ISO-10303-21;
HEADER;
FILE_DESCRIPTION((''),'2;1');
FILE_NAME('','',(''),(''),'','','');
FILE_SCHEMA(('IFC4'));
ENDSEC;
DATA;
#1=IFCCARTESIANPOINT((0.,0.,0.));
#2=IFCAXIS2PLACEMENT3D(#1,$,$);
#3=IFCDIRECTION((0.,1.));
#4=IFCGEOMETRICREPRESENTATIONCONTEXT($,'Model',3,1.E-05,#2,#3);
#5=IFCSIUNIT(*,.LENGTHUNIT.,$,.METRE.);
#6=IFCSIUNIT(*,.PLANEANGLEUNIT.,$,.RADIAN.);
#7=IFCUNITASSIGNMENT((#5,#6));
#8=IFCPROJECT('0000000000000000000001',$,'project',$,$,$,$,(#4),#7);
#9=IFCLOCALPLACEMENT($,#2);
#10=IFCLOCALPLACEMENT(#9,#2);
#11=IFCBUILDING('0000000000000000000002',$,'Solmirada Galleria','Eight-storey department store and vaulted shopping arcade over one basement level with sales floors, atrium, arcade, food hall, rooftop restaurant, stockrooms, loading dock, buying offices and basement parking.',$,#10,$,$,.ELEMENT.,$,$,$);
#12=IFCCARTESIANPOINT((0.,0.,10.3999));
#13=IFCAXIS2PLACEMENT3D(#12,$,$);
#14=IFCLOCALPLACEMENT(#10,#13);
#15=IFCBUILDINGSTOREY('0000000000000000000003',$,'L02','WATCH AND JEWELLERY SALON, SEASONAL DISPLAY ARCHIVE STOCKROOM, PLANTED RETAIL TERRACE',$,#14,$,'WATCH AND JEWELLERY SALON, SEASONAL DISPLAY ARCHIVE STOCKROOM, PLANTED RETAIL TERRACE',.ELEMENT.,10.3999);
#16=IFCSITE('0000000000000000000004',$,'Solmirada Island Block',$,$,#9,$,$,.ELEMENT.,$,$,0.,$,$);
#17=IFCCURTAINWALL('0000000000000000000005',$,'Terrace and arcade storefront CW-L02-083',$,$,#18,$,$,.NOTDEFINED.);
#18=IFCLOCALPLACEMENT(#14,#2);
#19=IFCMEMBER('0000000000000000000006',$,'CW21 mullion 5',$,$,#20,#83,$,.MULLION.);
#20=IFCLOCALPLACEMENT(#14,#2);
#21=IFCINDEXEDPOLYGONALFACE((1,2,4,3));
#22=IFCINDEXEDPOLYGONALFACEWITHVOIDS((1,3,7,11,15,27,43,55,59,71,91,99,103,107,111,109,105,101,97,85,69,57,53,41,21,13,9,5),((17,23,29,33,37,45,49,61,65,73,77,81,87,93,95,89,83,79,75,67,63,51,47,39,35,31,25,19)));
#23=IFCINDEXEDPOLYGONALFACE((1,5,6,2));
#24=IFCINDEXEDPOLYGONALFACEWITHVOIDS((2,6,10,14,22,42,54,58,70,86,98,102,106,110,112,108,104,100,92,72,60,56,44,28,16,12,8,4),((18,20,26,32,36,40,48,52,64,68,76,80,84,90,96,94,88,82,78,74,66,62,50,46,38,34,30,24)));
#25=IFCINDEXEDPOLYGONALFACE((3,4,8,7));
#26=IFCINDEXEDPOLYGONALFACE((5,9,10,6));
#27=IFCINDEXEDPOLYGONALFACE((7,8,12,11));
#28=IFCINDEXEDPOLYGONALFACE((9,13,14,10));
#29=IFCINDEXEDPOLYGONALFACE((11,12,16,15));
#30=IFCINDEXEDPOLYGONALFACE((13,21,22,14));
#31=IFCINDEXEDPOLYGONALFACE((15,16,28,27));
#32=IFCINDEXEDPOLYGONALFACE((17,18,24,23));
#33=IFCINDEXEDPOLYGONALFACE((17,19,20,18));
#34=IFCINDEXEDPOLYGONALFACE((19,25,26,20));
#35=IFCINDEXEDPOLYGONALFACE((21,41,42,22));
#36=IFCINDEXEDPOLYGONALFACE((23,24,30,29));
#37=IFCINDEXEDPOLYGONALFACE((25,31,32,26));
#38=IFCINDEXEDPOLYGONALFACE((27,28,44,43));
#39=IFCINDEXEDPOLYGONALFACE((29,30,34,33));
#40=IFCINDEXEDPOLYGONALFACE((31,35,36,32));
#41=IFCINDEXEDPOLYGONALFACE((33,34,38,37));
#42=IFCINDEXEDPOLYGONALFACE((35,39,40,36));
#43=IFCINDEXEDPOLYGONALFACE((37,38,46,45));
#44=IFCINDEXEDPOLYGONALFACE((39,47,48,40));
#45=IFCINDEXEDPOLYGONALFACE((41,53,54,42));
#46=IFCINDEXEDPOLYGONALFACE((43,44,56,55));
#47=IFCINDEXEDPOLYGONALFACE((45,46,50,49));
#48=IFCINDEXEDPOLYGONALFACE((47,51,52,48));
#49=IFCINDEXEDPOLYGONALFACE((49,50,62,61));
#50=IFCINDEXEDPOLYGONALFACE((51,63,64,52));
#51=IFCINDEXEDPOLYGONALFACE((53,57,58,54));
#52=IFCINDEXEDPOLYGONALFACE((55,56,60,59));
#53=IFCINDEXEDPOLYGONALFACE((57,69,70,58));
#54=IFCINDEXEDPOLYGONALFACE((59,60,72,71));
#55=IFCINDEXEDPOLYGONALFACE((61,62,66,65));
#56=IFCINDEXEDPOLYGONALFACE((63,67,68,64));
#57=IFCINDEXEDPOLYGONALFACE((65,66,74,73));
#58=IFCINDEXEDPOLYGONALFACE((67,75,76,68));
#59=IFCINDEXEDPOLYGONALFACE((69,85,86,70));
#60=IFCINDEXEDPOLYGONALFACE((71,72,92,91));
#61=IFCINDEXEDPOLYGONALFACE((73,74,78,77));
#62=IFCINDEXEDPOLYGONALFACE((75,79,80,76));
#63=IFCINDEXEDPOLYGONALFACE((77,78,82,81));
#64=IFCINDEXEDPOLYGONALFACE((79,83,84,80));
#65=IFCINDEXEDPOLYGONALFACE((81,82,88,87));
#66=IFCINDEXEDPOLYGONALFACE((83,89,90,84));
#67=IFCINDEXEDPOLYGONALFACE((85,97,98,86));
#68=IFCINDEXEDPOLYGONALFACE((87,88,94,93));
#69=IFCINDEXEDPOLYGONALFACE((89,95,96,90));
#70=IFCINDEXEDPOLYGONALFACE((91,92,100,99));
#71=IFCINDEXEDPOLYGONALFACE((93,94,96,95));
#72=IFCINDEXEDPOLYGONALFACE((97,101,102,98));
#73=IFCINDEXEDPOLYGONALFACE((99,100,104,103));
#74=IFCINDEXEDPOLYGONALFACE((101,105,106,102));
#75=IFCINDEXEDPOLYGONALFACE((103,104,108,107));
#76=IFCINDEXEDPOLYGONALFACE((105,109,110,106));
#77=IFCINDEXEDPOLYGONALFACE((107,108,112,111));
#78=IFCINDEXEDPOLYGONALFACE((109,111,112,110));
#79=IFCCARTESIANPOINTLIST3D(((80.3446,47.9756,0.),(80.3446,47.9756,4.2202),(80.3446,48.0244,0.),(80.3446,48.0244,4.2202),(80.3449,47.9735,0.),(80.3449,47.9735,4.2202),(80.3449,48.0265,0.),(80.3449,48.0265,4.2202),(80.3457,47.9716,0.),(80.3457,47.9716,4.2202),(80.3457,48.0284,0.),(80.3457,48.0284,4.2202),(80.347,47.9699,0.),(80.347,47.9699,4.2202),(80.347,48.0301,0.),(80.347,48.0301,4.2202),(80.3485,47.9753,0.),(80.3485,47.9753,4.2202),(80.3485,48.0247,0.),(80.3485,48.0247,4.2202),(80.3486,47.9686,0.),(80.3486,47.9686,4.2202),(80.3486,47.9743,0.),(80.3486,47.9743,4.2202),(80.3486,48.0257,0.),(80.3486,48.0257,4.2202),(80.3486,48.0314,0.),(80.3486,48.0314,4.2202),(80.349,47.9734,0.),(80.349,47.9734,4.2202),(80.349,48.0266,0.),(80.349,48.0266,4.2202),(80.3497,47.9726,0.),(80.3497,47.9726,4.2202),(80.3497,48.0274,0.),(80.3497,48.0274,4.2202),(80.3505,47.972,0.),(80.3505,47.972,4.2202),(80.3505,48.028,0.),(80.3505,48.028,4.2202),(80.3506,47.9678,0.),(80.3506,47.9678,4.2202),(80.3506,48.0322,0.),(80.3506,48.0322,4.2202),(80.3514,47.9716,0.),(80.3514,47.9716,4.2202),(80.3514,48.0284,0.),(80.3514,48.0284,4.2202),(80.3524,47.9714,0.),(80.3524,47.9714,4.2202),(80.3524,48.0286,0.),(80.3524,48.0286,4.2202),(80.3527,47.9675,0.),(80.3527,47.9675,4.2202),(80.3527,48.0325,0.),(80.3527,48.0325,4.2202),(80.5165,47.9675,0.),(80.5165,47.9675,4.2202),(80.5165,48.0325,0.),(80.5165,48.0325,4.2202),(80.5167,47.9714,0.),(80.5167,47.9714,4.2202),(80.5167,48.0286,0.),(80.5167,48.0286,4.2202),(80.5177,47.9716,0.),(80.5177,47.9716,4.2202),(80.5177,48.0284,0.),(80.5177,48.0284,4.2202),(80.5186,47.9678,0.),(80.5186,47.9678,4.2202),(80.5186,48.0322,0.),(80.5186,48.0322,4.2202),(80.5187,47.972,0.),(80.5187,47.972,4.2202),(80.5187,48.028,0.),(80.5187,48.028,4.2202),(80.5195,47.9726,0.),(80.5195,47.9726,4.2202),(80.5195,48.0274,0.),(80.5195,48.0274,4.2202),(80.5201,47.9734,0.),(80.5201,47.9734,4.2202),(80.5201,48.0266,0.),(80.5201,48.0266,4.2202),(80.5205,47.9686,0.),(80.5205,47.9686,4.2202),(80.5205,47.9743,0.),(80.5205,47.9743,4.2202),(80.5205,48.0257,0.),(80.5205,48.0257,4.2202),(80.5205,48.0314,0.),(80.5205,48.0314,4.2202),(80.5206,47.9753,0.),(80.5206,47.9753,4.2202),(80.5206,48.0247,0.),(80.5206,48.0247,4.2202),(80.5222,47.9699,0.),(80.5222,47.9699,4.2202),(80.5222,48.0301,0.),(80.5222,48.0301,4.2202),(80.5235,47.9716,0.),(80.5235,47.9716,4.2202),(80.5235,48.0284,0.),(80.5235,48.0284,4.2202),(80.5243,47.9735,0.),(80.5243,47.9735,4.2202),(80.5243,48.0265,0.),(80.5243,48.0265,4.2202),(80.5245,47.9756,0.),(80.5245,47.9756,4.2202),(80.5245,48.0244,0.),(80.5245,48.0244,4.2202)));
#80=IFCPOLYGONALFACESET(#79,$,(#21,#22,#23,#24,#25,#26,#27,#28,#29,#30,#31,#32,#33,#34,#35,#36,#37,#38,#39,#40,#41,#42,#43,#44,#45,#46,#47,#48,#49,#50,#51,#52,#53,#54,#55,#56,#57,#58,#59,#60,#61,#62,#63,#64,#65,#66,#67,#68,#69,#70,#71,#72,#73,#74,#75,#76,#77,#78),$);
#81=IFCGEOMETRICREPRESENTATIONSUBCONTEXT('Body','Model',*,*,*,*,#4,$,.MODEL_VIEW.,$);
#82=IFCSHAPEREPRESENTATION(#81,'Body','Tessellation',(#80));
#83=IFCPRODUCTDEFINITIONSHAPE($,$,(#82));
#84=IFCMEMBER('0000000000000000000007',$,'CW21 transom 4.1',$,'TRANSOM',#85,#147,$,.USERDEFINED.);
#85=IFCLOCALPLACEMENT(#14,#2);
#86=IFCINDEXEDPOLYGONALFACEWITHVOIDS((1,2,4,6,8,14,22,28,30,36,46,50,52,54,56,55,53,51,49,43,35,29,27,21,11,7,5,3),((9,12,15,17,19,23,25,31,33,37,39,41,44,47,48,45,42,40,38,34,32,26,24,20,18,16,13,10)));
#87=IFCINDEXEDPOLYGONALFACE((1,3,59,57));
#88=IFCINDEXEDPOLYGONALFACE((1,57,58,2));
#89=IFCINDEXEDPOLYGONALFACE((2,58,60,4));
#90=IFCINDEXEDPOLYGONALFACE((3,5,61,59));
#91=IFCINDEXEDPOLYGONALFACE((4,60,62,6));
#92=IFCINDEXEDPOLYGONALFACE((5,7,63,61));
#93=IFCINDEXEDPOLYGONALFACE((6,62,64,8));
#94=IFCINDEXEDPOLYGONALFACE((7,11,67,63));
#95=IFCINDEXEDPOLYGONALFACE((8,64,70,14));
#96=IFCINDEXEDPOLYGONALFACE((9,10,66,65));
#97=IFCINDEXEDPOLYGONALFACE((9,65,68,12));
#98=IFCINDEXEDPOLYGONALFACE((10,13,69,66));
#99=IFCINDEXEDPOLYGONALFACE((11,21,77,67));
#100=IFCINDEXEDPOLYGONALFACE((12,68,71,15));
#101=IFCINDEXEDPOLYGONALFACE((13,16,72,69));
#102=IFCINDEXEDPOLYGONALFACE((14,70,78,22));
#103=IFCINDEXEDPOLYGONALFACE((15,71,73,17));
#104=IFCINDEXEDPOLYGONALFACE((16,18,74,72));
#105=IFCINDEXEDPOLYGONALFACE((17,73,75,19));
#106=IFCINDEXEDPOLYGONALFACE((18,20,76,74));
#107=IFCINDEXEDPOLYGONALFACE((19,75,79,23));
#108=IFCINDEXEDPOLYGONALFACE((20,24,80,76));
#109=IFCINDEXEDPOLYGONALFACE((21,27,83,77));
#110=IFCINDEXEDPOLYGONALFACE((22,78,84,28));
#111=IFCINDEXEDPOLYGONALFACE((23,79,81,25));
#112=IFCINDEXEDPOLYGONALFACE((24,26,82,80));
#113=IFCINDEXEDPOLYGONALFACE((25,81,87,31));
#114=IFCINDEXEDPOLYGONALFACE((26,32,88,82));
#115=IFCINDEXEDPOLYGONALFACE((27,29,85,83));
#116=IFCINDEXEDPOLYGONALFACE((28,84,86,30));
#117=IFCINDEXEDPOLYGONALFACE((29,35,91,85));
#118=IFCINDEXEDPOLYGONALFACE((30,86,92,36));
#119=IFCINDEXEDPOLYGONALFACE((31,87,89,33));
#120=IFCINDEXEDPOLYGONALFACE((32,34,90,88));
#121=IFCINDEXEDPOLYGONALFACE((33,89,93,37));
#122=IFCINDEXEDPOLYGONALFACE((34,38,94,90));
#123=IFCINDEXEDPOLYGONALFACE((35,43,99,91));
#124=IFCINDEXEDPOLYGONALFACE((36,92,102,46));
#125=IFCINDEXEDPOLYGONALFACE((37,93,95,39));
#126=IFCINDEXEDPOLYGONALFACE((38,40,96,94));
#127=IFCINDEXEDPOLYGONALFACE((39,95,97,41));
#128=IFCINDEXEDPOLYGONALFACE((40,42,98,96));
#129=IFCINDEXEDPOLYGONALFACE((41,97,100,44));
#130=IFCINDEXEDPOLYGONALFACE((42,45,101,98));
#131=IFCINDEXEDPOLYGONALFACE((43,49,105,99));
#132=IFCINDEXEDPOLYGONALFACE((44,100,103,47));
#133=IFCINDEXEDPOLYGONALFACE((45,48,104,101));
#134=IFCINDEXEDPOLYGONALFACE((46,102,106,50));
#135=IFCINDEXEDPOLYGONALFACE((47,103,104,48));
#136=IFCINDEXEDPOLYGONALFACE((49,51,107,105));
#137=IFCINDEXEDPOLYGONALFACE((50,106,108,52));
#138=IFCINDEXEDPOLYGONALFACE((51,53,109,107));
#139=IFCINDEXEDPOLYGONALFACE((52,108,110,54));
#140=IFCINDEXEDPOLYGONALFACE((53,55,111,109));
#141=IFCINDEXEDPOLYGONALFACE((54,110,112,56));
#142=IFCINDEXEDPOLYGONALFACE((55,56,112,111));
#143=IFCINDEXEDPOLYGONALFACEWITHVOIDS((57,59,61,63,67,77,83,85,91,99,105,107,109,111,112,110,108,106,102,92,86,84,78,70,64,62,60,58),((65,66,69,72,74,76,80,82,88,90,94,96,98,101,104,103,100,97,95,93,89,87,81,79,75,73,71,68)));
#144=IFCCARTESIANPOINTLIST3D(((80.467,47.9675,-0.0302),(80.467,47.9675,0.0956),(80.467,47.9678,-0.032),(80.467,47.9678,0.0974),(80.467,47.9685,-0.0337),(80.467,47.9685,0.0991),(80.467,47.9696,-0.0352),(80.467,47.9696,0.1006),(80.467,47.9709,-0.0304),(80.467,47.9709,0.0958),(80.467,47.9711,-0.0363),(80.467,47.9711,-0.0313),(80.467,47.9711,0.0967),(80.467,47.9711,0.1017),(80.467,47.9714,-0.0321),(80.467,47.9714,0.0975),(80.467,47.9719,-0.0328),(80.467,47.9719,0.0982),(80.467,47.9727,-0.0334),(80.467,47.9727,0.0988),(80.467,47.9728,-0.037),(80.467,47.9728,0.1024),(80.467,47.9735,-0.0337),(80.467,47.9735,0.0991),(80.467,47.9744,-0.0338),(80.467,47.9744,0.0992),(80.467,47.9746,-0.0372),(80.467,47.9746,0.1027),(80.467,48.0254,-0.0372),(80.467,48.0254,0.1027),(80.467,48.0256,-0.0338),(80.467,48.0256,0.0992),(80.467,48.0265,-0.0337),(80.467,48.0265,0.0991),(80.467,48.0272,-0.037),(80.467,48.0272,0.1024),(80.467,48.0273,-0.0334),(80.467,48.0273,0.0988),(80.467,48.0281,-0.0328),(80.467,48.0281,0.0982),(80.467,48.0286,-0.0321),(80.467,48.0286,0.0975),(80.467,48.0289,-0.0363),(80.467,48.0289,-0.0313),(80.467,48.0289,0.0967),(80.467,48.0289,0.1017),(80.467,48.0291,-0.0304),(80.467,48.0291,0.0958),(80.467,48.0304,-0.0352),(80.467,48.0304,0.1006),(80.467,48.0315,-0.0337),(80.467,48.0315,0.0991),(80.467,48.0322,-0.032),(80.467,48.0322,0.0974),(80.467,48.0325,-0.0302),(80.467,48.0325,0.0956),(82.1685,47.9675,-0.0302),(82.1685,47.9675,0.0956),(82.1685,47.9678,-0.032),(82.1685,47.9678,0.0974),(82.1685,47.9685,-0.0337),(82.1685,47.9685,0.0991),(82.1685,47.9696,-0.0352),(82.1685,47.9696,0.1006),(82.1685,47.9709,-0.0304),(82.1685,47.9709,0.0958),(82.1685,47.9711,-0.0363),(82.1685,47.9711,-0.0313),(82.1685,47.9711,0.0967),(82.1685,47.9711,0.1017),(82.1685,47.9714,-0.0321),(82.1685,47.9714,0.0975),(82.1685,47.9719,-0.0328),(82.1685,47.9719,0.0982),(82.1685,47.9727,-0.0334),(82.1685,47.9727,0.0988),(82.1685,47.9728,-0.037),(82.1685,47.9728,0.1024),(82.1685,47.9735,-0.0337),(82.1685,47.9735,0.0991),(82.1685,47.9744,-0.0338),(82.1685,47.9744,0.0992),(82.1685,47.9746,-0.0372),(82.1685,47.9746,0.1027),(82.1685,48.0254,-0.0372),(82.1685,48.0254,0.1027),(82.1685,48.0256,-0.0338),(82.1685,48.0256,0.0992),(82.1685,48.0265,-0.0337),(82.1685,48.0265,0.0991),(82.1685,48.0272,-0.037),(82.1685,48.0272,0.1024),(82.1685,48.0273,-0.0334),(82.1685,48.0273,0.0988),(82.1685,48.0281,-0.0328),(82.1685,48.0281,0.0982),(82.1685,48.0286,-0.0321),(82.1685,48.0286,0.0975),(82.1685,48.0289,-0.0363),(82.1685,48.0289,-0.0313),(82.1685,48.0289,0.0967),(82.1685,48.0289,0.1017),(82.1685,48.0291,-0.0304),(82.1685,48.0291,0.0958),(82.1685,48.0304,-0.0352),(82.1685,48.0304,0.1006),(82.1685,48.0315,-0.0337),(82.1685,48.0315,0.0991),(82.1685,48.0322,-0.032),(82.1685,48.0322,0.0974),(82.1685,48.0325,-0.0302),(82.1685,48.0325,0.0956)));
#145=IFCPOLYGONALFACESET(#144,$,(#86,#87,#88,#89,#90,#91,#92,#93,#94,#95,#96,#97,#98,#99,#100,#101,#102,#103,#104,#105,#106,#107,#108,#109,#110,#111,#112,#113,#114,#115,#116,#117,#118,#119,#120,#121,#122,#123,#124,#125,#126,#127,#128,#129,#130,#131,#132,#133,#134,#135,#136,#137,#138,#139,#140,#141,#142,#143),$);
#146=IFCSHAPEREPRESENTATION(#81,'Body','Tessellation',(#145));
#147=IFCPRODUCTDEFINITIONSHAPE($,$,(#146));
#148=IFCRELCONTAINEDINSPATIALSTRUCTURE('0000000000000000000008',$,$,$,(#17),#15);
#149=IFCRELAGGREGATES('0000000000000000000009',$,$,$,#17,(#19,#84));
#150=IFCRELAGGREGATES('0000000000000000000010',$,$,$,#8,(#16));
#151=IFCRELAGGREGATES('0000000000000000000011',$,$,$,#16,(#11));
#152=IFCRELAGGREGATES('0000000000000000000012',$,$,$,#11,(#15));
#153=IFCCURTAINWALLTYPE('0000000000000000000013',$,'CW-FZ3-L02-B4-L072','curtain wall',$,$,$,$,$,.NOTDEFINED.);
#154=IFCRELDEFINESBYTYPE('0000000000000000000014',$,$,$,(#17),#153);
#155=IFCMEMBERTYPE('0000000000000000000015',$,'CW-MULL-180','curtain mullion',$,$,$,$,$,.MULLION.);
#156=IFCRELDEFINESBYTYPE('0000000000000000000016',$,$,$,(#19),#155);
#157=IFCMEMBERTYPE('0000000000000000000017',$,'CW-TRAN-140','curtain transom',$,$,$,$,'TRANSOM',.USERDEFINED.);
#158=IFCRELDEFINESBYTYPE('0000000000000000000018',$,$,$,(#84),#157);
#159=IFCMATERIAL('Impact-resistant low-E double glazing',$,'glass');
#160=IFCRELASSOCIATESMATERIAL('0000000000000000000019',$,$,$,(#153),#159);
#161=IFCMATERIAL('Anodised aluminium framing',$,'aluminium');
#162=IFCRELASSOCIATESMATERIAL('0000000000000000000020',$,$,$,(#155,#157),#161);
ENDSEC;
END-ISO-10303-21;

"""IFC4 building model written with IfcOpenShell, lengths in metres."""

from ifc_helpers import new_model, si_unit, direction, frame, origin, origin_2d, place, context, subcontext, project, spatial, hollow_rectangle, extrude, material, material_profile, profile_set, type_object, element, aggregate, save


model = new_model("IFC4")

# Units and contexts
model_context = context("Model", 3, precision=1e-05, world=origin(), true_north=direction((0.0, 1.0)))
body_context = subcontext(model_context, "Body", "Model", "MODEL_VIEW")
ifc_project = project(units=[si_unit("LENGTHUNIT", "METRE"), si_unit("PLANEANGLEUNIT", "RADIAN")], contexts=[model_context])

# Site, building, storey
site_placement = place(None, origin())
site = spatial("IfcSite", under=ifc_project, at=site_placement, Name="Solmirada Island Block", CompositionType="ELEMENT", RefElevation=0.0)
building_placement = place(site_placement, origin())
building = spatial("IfcBuilding", under=site, at=building_placement, Name="Solmirada Galleria", Description="Eight-storey department store and vaulted shopping arcade over one basement level with sales floors, atrium, arcade, food hall, rooftop restaurant, stockrooms, loading dock, buying offices and basement parking.", CompositionType="ELEMENT")
storey_placement = place(building_placement, frame((0.0, 0.0, 10.3999)))
storey = spatial("IfcBuildingStorey", under=building, at=storey_placement, Name="L02", Description="WATCH AND JEWELLERY SALON, SEASONAL DISPLAY ARCHIVE STOCKROOM, PLANTED RETAIL TERRACE", LongName="WATCH AND JEWELLERY SALON, SEASONAL DISPLAY ARCHIVE STOCKROOM, PLANTED RETAIL TERRACE", CompositionType="ELEMENT", Elevation=10.3999)

# Curtain wall, members
ifc_material_1 = material(Name="Impact-resistant low-E double glazing", Category="glass")
curtain_wall_type = type_object("IfcCurtainWallType", Name="CW-FZ3-L02-B4-L072", Description="curtain wall", PredefinedType="NOTDEFINED", material=ifc_material_1)
curtain_wall_placement = place(storey_placement, origin())
curtain_wall = element("IfcCurtainWall", 1, at=curtain_wall_placement, inside=storey, type_object=curtain_wall_type, Name="Terrace and arcade storefront CW-L02-083", PredefinedType="NOTDEFINED")
ifc_material_2 = material(Name="Anodised aluminium framing", Category="aluminium")
ifc_material_profile_1 = material_profile(ifc_material_2, hollow_rectangle(XDim=0.0649, YDim=0.1799, WallThickness=0.0039, InnerFilletRadius=0.0039, OuterFilletRadius=0.0081, at=origin_2d()), Name="ALU-MULL-180X65")
ifc_profile_set_1 = profile_set([ifc_material_profile_1], Name="Anodised aluminium framing")
member_type_1 = type_object("IfcMemberType", Name="CW-MULL-180", Description="curtain mullion", PredefinedType="MULLION", material=ifc_profile_set_1)
member_1_placement = place(storey_placement, frame((80.4346, 48.0, 0.0), z_axis=(0.0, 0.0, 1.0), x_axis=(0.0, -1.0, 0.0)))
member_1 = element("IfcMember", 2, at=member_1_placement, type_object=member_type_1, Name="CW21 mullion 5", PredefinedType="MULLION", context=body_context, shape_type="SweptSolid", body=[
    extrude(hollow_rectangle(XDim=0.0649, YDim=0.1799, WallThickness=0.0039, InnerFilletRadius=0.0039, OuterFilletRadius=0.0081, at=origin_2d()), origin(), (0.0, 0.0, 1.0), 4.2202),
])
ifc_material_profile_2 = material_profile(ifc_material_2, hollow_rectangle(XDim=0.0649, YDim=0.1399, WallThickness=0.0034, InnerFilletRadius=0.0034, OuterFilletRadius=0.0071, at=origin_2d()), Name="ALU-TRAN-140X65")
ifc_profile_set_2 = profile_set([ifc_material_profile_2], Name="Anodised aluminium framing")
member_type_2 = type_object("IfcMemberType", Name="CW-TRAN-140", Description="curtain transom", ElementType="TRANSOM", PredefinedType="USERDEFINED", material=ifc_profile_set_2)
member_2_placement = place(storey_placement, frame((82.1685, 48.0, 0.0327), z_axis=(-1.0, 0.0, 0.0), x_axis=(0.0, -1.0, 0.0)))
member_2 = element("IfcMember", 3, at=member_2_placement, type_object=member_type_2, Name="CW21 transom 4.1", ObjectType="TRANSOM", PredefinedType="USERDEFINED", context=body_context, shape_type="SweptSolid", body=[
    extrude(hollow_rectangle(XDim=0.0649, YDim=0.1399, WallThickness=0.0034, InnerFilletRadius=0.0034, OuterFilletRadius=0.0071, at=origin_2d()), origin(), (0.0, 0.0, 1.0), 1.7014),
])
aggregate(curtain_wall, [member_1, member_2])

save(model, "model.ifc")
